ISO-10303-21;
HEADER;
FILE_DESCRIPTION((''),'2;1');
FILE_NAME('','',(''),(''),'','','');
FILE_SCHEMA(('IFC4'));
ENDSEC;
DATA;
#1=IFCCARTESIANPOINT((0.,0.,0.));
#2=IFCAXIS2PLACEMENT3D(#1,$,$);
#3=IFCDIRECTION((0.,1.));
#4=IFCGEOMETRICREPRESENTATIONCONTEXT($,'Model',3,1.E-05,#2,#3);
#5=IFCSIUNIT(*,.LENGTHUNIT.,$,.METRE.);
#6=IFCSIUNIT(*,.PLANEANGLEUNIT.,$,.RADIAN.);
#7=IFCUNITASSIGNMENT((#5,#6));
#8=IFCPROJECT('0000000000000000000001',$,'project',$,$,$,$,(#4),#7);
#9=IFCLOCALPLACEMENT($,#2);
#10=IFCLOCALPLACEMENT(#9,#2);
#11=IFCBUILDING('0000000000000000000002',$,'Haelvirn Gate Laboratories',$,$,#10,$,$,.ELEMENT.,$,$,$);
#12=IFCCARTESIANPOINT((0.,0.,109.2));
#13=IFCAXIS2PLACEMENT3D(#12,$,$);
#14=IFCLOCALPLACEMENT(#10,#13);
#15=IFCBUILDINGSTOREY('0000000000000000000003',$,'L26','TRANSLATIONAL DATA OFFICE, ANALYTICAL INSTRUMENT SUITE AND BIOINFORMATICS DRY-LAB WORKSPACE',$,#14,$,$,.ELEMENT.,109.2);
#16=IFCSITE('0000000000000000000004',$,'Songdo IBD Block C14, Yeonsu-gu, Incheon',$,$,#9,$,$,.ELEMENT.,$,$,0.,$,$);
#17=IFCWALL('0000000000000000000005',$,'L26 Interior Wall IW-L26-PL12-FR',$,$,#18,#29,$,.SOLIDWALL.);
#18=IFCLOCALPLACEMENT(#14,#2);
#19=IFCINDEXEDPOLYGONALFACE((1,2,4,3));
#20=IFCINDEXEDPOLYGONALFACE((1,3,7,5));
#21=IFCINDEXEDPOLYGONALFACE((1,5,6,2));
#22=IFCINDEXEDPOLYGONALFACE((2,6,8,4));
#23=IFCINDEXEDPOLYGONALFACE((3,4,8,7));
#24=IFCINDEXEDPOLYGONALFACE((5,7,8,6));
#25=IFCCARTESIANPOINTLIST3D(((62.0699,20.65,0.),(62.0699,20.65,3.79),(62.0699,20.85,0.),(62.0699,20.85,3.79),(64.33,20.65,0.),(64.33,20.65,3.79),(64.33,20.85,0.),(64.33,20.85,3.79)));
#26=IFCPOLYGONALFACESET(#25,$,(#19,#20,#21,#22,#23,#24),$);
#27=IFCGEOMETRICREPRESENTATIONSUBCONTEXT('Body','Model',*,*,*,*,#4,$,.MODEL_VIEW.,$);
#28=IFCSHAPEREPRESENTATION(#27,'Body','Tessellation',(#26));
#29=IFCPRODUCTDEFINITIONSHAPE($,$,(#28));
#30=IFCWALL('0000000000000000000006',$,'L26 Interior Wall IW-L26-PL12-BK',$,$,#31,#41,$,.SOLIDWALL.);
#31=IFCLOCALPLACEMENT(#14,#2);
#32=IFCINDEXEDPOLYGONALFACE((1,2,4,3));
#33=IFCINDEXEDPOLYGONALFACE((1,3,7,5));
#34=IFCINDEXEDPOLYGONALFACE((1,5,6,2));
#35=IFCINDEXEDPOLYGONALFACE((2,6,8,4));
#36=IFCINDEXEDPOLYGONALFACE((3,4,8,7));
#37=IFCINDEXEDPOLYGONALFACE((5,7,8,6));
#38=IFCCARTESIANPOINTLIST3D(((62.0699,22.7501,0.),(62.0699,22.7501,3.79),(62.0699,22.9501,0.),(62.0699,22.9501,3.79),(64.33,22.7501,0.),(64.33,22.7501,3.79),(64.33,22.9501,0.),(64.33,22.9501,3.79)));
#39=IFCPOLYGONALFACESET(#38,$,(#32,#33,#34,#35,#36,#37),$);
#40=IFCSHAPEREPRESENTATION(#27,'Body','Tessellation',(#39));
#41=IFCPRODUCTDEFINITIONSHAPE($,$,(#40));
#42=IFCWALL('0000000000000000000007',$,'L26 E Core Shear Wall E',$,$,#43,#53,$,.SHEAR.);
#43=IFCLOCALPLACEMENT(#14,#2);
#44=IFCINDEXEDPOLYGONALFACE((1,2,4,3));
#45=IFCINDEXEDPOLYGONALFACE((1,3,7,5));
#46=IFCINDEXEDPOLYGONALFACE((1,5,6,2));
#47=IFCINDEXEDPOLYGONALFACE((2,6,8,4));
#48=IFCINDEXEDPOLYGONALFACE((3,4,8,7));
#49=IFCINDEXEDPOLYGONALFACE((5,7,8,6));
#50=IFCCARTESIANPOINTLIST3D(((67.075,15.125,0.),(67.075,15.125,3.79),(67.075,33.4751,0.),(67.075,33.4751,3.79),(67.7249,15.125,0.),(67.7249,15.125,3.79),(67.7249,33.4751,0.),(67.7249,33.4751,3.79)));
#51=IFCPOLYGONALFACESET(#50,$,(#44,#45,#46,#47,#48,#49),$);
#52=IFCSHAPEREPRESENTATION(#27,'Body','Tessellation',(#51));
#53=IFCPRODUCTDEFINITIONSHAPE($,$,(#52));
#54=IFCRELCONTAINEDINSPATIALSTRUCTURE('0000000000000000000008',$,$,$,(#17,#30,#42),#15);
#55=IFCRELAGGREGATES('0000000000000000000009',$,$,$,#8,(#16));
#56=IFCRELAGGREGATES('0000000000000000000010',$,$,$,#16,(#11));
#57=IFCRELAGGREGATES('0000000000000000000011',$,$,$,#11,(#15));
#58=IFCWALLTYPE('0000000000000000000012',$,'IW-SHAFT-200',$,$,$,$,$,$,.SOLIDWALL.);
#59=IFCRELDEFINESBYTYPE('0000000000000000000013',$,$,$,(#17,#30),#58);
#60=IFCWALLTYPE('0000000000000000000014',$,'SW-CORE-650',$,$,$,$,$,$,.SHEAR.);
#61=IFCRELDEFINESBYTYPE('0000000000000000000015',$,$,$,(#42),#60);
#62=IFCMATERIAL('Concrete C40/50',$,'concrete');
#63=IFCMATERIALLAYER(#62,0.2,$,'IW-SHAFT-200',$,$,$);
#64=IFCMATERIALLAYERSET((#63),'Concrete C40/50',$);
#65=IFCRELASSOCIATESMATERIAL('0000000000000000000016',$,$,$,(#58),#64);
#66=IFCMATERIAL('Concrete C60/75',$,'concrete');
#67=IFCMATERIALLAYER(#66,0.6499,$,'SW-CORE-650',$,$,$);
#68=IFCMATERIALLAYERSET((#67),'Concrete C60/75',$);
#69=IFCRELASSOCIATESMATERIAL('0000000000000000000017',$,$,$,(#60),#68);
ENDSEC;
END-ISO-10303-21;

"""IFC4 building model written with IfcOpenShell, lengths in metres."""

from ifc_helpers import new_model, si_unit, direction, frame, frame_2d, origin, place, context, subcontext, project, spatial, rectangle, extrude, material, layer, layer_set, type_object, element, save


model = new_model("IFC4")

# Units and contexts
model_context = context("Model", 3, precision=1e-05, world=origin(), true_north=direction((0.0, 1.0)))
body_context = subcontext(model_context, "Body", "Model", "MODEL_VIEW")
ifc_project = project(units=[si_unit("LENGTHUNIT", "METRE"), si_unit("PLANEANGLEUNIT", "RADIAN")], contexts=[model_context])

# Site, building, storey
site_placement = place(None, origin())
site = spatial("IfcSite", under=ifc_project, at=site_placement, Name="Songdo IBD Block C14, Yeonsu-gu, Incheon", CompositionType="ELEMENT", RefElevation=0.0)
building_placement = place(site_placement, origin())
building = spatial("IfcBuilding", under=site, at=building_placement, Name="Haelvirn Gate Laboratories", CompositionType="ELEMENT")
storey_placement = place(building_placement, frame((0.0, 0.0, 109.2)))
storey = spatial("IfcBuildingStorey", under=building, at=storey_placement, Name="L26", Description="TRANSLATIONAL DATA OFFICE, ANALYTICAL INSTRUMENT SUITE AND BIOINFORMATICS DRY-LAB WORKSPACE", CompositionType="ELEMENT", Elevation=109.2)

# Shared definitions
ifc_material_1 = material(Name="Concrete C60/75", Category="concrete")

# Shared definitions
ifc_material_2 = material(Name="Concrete C40/50", Category="concrete")

# Shared definitions
ifc_layer_1 = layer(ifc_material_2, 0.2, Name="IW-SHAFT-200")
ifc_layer_set_1 = layer_set([ifc_layer_1], Name="Concrete C40/50")
wall_type_1 = type_object("IfcWallType", Name="IW-SHAFT-200", PredefinedType="SOLIDWALL", material=ifc_layer_set_1)

# Walls
for number, where, z_axis, x_axis, name in (
    (1, (62.0701, 20.75, 0.0), (0.0, 0.0, 1.0), (1.0, 0.0, 0.0), "L26 Interior Wall IW-L26-PL12-FR"),
    (2, (62.0701, 22.8501, 0.0), (0.0, 0.0, 1.0), (1.0, 0.0, 0.0), "L26 Interior Wall IW-L26-PL12-BK"),
):
    element("IfcWall", number, at=place(storey_placement, frame(where, z_axis=z_axis, x_axis=x_axis)), inside=storey, type_object=wall_type_1, Name=name, PredefinedType="SOLIDWALL", context=body_context, shape_type="SweptSolid", body=[
        extrude(rectangle(XDim=2.26, YDim=0.2, at=frame_2d((1.1299, 0.0))), origin(), (0.0, 0.0, 1.0), 3.79),
    ])
ifc_layer_2 = layer(ifc_material_1, 0.6499, Name="SW-CORE-650")
ifc_layer_set_2 = layer_set([ifc_layer_2], Name="Concrete C60/75")
wall_type_2 = type_object("IfcWallType", Name="SW-CORE-650", PredefinedType="SHEAR", material=ifc_layer_set_2)
wall_1_placement = place(storey_placement, frame((67.3999, 15.125, 0.0), z_axis=(0.0, 0.0, 1.0), x_axis=(0.0, 1.0, 0.0)))
element("IfcWall", 3, at=wall_1_placement, inside=storey, type_object=wall_type_2, Name="L26 E Core Shear Wall E", PredefinedType="SHEAR", context=body_context, shape_type="SweptSolid", body=[
    extrude(rectangle(XDim=18.3501, YDim=0.6499, at=frame_2d((9.175, 0.0))), origin(), (0.0, 0.0, 1.0), 3.79),
])

save(model, "model.ifc")
